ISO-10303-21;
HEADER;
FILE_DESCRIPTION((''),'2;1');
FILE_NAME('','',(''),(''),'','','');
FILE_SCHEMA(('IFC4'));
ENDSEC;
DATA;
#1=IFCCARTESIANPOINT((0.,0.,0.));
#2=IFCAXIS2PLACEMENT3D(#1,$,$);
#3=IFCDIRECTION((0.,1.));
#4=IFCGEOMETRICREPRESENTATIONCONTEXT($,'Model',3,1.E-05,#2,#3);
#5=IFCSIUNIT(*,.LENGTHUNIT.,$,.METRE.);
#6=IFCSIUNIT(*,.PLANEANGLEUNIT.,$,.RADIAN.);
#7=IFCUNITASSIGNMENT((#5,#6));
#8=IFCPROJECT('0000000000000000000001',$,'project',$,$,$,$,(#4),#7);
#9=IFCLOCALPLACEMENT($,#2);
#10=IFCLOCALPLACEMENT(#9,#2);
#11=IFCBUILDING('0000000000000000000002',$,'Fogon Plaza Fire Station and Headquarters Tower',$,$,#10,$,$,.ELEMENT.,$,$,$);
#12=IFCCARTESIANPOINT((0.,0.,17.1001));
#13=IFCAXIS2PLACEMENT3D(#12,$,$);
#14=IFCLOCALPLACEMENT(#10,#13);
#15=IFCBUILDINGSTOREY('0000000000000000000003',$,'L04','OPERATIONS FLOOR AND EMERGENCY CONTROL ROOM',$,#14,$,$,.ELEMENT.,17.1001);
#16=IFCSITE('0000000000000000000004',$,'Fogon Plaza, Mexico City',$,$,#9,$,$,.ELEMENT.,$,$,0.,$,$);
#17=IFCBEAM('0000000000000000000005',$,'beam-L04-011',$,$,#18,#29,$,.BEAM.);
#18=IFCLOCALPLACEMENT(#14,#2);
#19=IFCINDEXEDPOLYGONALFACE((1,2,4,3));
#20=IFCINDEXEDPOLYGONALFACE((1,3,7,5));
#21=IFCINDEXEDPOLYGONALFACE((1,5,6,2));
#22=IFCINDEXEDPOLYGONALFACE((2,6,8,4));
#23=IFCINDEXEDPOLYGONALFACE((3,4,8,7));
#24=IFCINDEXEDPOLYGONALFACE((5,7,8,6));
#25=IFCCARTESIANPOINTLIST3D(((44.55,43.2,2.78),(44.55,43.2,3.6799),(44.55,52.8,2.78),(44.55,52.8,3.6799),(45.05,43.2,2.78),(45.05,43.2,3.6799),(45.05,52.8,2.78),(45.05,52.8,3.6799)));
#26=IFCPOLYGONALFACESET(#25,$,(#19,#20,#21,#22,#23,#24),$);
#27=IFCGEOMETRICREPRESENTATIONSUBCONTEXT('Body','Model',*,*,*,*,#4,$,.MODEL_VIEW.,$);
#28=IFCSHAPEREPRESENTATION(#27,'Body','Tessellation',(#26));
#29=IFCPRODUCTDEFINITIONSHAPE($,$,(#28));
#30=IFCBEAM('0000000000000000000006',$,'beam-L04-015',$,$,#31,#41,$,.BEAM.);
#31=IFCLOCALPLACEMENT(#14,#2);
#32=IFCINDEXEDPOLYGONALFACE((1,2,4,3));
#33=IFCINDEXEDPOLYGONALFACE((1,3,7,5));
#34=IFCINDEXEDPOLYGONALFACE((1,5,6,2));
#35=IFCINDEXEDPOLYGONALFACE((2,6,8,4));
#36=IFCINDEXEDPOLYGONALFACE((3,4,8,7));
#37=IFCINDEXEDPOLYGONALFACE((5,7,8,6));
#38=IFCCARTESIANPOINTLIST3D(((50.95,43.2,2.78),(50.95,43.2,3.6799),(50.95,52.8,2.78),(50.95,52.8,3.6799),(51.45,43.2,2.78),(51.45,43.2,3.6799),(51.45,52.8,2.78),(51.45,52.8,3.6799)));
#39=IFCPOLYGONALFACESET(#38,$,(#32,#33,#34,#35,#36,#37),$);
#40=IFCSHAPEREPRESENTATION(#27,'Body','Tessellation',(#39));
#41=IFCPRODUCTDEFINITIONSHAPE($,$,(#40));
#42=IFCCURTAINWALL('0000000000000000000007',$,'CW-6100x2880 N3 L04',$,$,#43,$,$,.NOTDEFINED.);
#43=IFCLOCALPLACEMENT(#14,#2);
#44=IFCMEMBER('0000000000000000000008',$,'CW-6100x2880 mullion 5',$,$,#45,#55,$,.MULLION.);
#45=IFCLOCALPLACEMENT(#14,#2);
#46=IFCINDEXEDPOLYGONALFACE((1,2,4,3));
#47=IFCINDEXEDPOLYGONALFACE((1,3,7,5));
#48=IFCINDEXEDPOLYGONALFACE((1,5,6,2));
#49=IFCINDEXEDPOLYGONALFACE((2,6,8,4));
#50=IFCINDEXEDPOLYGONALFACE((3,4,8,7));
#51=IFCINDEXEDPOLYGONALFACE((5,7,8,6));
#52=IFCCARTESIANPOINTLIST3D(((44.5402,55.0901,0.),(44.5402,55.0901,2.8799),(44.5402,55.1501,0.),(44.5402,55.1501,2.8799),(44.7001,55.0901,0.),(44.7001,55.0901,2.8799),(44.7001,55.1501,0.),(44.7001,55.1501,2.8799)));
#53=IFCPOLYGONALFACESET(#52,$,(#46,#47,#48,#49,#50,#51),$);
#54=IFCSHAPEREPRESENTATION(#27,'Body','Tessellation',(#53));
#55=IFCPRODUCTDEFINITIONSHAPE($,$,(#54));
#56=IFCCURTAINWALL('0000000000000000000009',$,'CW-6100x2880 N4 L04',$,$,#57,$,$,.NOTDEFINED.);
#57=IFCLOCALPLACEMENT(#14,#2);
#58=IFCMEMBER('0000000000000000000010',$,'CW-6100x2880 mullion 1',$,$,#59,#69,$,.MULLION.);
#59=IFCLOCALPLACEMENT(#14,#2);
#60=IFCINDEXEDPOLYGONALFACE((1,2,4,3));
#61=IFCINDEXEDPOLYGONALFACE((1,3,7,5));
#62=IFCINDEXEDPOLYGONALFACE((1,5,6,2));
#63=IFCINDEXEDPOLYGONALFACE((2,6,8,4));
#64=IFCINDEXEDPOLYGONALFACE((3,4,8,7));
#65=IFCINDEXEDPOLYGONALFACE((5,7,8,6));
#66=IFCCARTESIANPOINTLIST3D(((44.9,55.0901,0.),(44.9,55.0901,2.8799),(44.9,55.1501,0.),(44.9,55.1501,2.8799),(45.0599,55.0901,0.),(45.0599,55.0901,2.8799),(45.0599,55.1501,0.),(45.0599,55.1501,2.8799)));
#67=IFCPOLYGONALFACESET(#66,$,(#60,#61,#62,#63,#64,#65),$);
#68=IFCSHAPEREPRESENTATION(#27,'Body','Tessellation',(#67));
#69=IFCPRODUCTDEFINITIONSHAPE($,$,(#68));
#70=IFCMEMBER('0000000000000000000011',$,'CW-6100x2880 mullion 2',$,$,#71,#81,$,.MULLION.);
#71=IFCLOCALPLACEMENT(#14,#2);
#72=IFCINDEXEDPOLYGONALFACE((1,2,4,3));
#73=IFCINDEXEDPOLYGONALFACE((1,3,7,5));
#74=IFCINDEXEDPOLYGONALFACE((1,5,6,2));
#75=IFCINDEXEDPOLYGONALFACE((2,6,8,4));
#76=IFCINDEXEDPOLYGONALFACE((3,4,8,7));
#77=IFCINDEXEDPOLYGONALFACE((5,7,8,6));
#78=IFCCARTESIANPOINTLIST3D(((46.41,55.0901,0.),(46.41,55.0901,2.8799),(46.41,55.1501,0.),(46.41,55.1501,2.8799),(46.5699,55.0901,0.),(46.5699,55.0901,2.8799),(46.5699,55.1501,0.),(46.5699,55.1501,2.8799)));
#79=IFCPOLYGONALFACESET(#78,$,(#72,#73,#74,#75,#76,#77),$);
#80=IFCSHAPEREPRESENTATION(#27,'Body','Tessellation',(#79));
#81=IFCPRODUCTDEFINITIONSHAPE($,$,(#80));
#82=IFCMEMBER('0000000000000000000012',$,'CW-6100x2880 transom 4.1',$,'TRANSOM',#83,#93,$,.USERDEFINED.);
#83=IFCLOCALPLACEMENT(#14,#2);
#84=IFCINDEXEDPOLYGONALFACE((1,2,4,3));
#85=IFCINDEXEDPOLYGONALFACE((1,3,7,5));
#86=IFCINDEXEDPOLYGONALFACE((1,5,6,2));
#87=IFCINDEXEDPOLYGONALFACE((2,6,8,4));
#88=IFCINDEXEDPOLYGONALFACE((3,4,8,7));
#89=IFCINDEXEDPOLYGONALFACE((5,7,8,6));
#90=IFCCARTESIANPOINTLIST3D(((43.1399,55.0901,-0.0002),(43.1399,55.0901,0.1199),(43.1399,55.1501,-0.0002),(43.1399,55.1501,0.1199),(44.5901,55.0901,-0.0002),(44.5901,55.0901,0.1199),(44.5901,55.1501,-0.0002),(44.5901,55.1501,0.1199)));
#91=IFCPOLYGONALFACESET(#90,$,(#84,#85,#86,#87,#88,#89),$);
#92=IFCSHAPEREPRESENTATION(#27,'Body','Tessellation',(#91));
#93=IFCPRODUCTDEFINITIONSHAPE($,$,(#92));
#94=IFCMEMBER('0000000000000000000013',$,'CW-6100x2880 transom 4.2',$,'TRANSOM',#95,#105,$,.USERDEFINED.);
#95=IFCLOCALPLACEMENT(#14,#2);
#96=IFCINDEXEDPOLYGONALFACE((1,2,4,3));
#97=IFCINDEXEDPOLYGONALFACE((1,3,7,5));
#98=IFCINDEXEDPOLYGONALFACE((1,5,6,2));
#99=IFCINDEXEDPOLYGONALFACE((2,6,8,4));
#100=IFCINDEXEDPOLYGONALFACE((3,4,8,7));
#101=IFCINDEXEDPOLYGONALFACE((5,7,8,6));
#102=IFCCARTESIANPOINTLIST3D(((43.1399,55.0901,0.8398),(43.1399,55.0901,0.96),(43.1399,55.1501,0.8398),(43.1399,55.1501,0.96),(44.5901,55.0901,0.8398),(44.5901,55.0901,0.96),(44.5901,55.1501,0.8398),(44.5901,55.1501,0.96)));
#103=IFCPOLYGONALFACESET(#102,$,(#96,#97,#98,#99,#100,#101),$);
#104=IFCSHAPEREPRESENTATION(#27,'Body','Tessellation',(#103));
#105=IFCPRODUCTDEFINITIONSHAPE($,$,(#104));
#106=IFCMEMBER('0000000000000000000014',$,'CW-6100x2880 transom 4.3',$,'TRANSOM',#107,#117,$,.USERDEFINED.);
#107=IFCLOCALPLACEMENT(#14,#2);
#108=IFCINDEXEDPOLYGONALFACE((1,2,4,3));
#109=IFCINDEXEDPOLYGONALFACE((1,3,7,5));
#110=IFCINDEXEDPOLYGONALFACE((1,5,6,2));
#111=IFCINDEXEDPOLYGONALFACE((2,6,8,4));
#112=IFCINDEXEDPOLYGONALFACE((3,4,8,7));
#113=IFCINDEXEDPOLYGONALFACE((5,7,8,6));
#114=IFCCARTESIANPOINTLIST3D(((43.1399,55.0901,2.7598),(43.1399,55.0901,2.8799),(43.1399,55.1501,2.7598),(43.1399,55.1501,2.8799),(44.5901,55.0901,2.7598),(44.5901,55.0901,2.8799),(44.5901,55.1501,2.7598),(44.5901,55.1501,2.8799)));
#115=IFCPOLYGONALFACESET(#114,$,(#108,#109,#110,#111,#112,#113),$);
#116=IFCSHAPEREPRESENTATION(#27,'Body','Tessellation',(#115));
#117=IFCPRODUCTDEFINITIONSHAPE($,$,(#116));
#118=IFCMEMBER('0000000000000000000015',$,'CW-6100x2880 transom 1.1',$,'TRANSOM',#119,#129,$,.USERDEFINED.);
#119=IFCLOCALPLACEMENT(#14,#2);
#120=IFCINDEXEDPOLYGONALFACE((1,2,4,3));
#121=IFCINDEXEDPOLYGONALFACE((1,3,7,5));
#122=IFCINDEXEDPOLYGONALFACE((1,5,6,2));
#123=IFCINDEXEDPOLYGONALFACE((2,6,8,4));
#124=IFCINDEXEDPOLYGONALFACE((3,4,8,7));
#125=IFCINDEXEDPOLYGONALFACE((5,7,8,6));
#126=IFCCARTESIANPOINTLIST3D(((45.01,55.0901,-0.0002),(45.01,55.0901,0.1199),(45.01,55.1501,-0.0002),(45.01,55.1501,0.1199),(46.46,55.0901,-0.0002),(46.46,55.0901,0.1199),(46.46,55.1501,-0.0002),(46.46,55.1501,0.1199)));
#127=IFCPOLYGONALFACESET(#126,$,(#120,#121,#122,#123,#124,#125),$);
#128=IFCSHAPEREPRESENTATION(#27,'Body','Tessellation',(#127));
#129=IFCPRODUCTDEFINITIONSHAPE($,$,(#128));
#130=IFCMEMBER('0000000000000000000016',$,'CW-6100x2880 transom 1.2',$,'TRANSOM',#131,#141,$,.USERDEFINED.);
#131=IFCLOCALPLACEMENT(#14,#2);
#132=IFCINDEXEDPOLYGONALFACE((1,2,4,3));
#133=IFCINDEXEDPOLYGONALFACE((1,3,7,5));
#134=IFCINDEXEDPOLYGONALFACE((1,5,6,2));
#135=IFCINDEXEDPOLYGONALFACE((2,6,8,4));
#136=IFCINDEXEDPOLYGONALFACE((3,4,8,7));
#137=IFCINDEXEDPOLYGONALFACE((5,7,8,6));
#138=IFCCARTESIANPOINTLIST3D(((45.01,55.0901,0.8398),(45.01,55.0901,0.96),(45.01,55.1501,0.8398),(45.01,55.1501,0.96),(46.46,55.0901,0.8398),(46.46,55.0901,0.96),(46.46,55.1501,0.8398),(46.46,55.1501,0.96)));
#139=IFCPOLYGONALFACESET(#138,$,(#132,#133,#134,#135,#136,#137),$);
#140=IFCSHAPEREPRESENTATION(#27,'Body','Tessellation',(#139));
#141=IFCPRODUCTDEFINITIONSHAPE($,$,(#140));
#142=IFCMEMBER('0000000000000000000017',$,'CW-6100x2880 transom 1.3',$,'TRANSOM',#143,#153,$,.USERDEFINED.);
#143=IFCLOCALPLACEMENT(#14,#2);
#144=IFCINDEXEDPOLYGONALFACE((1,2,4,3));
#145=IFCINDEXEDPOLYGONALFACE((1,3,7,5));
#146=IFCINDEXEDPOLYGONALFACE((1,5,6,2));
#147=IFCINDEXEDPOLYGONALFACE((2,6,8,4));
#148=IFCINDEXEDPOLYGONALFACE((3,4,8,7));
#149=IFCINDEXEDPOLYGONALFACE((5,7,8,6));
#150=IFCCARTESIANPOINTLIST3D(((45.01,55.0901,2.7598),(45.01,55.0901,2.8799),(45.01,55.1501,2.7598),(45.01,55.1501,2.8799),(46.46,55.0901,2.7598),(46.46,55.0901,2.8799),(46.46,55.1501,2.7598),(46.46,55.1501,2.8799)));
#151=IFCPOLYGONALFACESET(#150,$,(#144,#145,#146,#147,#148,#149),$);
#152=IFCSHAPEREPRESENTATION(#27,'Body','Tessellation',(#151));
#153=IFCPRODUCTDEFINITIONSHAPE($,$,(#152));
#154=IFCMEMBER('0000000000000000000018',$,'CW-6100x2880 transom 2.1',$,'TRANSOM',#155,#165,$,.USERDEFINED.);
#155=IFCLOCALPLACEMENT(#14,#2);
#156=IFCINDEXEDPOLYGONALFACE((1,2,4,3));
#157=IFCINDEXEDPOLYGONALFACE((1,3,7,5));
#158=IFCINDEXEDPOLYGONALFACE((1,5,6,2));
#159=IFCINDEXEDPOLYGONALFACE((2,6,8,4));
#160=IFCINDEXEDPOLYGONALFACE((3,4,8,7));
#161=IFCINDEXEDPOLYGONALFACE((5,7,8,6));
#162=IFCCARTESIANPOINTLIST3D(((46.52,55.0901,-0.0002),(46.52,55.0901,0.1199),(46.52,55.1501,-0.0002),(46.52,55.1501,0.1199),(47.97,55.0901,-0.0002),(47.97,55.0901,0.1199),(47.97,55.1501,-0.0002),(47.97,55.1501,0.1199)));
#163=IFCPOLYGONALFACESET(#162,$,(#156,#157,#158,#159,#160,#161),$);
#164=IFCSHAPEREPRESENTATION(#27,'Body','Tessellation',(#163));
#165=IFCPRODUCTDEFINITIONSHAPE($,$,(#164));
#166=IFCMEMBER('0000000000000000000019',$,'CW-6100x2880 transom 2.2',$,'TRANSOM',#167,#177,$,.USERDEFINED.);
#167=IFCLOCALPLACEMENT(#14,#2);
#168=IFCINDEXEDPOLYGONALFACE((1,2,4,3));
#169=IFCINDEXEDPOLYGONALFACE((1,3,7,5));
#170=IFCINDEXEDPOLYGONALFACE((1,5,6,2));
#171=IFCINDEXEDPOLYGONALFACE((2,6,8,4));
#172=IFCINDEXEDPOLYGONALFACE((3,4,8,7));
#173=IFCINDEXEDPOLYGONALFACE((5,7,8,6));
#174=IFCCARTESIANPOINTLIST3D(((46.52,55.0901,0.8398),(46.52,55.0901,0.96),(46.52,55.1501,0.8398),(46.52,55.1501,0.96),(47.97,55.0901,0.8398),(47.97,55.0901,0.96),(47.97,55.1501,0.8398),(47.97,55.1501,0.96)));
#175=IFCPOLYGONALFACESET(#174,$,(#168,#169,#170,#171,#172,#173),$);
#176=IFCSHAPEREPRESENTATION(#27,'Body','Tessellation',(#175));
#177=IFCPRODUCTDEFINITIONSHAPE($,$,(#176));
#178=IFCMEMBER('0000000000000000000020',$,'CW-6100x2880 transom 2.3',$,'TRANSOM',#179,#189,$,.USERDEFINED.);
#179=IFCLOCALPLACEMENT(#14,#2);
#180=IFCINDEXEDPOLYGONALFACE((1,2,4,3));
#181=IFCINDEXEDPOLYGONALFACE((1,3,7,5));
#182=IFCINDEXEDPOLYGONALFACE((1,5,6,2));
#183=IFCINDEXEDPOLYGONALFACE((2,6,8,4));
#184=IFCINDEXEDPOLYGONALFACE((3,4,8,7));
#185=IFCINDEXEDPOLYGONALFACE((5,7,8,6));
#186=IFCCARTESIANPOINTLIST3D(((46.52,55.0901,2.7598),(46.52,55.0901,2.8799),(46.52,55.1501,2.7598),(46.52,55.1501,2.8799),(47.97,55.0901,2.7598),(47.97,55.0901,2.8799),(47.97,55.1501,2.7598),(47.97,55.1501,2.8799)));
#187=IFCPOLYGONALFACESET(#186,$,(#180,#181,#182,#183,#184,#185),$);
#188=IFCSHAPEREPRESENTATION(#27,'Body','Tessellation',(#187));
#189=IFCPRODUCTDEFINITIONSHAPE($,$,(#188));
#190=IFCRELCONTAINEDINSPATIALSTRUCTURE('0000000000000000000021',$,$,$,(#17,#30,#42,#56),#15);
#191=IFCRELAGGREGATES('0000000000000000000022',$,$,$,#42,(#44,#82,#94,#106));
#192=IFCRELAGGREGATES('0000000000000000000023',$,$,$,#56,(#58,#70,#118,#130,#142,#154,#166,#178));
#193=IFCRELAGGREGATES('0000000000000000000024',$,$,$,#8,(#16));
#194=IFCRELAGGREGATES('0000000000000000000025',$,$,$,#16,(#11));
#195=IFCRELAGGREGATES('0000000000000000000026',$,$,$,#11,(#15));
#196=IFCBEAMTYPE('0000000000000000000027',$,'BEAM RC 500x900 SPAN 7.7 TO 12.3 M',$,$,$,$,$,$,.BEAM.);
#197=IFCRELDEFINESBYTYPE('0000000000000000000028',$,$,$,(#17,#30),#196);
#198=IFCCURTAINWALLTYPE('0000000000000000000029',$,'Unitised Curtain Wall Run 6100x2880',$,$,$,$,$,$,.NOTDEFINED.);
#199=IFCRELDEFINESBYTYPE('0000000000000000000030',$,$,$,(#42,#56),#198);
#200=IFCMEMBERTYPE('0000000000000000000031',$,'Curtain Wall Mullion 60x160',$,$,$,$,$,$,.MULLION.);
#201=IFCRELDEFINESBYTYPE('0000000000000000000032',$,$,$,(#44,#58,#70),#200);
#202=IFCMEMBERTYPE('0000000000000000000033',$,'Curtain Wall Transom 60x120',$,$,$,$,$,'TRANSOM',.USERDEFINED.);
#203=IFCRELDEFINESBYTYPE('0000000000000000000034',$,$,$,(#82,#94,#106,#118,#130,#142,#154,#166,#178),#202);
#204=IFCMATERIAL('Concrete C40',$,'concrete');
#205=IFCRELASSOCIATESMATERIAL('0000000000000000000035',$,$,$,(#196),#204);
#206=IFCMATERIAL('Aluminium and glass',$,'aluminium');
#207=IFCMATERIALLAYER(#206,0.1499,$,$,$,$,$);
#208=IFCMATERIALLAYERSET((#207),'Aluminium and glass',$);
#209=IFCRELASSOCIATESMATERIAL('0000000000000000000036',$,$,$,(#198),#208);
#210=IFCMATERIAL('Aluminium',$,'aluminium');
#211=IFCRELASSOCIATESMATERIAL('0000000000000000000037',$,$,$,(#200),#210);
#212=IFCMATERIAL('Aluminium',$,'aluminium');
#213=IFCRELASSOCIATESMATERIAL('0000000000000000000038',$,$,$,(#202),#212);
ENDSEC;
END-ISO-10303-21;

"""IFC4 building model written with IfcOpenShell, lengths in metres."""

from ifc_helpers import new_model, si_unit, direction, frame, origin, origin_2d, place, context, subcontext, project, spatial, rectangle, extrude, material, layer, layer_set, material_profile, profile_set, type_object, element, aggregate, save


model = new_model("IFC4")

# Units and contexts
model_context = context("Model", 3, precision=1e-05, world=origin(), true_north=direction((0.0, 1.0)))
body_context = subcontext(model_context, "Body", "Model", "MODEL_VIEW")
ifc_project = project(units=[si_unit("LENGTHUNIT", "METRE"), si_unit("PLANEANGLEUNIT", "RADIAN")], contexts=[model_context])

# Site, building, storey
site_placement = place(None, origin())
site = spatial("IfcSite", under=ifc_project, at=site_placement, Name="Fogon Plaza, Mexico City", CompositionType="ELEMENT", RefElevation=0.0)
building_placement = place(site_placement, origin())
building = spatial("IfcBuilding", under=site, at=building_placement, Name="Fogon Plaza Fire Station and Headquarters Tower", CompositionType="ELEMENT")
storey_placement = place(building_placement, frame((0.0, 0.0, 17.1001)))
storey = spatial("IfcBuildingStorey", under=building, at=storey_placement, Name="L04", Description="OPERATIONS FLOOR AND EMERGENCY CONTROL ROOM", CompositionType="ELEMENT", Elevation=17.1001)

# Beams
ifc_material_1 = material(Name="Concrete C40", Category="concrete")
ifc_material_profile_1 = material_profile(ifc_material_1, rectangle(XDim=0.5, YDim=0.8999, at=origin_2d()), Name="RC 500x900")
ifc_profile_set_1 = profile_set([ifc_material_profile_1], Name="Concrete C40")
beam_type_1 = type_object("IfcBeamType", Name="BEAM RC 500x900 SPAN 7.7 TO 12.3 M", PredefinedType="BEAM", material=ifc_profile_set_1)
for number, where, z_axis, x_axis, name in (
    (1, (44.8, 43.2, 3.23), (0.0, 1.0, 0.0), (-1.0, 0.0, 0.0), "beam-L04-011"),
    (2, (51.2, 43.2, 3.23), (0.0, 1.0, 0.0), (-1.0, 0.0, 0.0), "beam-L04-015"),
):
    element("IfcBeam", number, at=place(storey_placement, frame(where, z_axis=z_axis, x_axis=x_axis)), inside=storey, type_object=beam_type_1, Name=name, PredefinedType="BEAM", context=body_context, shape_type="SweptSolid", body=[
        extrude(rectangle(XDim=0.5, YDim=0.8999, at=origin_2d()), origin(), (0.0, 0.0, 1.0), 9.6001),
    ])

# Curtain wall, member
ifc_material_2 = material(Name="Aluminium and glass", Category="aluminium")
ifc_layer_1 = layer(ifc_material_2, 0.1499)
ifc_layer_set_1 = layer_set([ifc_layer_1], Name="Aluminium and glass")
curtain_wall_type = type_object("IfcCurtainWallType", Name="Unitised Curtain Wall Run 6100x2880", PredefinedType="NOTDEFINED", material=ifc_layer_set_1)
curtain_wall_1_placement = place(storey_placement, origin())
curtain_wall_1 = element("IfcCurtainWall", 3, at=curtain_wall_1_placement, inside=storey, type_object=curtain_wall_type, Name="CW-6100x2880 N3 L04", PredefinedType="NOTDEFINED")
ifc_material_3 = material(Name="Aluminium", Category="aluminium")
ifc_material_profile_2 = material_profile(ifc_material_3, rectangle(XDim=0.0601, YDim=0.1599, at=origin_2d()), Name="Curtain Wall Mullion 60x160")
ifc_profile_set_2 = profile_set([ifc_material_profile_2], Name="Aluminium")
member_type_1 = type_object("IfcMemberType", Name="Curtain Wall Mullion 60x160", PredefinedType="MULLION", material=ifc_profile_set_2)
member_1_placement = place(storey_placement, frame((44.6201, 55.1201, 0.0), z_axis=(0.0, 0.0, 1.0), x_axis=(0.0, 1.0, 0.0)))
member_1 = element("IfcMember", 4, at=member_1_placement, type_object=member_type_1, Name="CW-6100x2880 mullion 5", PredefinedType="MULLION", context=body_context, shape_type="SweptSolid", body=[
    extrude(rectangle(XDim=0.0601, YDim=0.1599, at=origin_2d()), origin(), (0.0, 0.0, 1.0), 2.8799),
])

# Curtain wall, members
curtain_wall_2_placement = place(storey_placement, origin())
curtain_wall_2 = element("IfcCurtainWall", 5, at=curtain_wall_2_placement, inside=storey, type_object=curtain_wall_type, Name="CW-6100x2880 N4 L04", PredefinedType="NOTDEFINED")
member_2_placement = place(storey_placement, frame((44.98, 55.1201, 0.0), z_axis=(0.0, 0.0, 1.0), x_axis=(0.0, 1.0, 0.0)))
member_2 = element("IfcMember", 6, at=member_2_placement, type_object=member_type_1, Name="CW-6100x2880 mullion 1", PredefinedType="MULLION", context=body_context, shape_type="SweptSolid", body=[
    extrude(rectangle(XDim=0.0601, YDim=0.1599, at=origin_2d()), origin(), (0.0, 0.0, 1.0), 2.8799),
])
member_3_placement = place(storey_placement, frame((46.49, 55.1201, 0.0), z_axis=(0.0, 0.0, 1.0), x_axis=(0.0, 1.0, 0.0)))
member_3 = element("IfcMember", 7, at=member_3_placement, type_object=member_type_1, Name="CW-6100x2880 mullion 2", PredefinedType="MULLION", context=body_context, shape_type="SweptSolid", body=[
    extrude(rectangle(XDim=0.0601, YDim=0.1599, at=origin_2d()), origin(), (0.0, 0.0, 1.0), 2.8799),
])

# Members
ifc_material_4 = material(Name="Aluminium", Category="aluminium")
ifc_material_profile_3 = material_profile(ifc_material_4, rectangle(XDim=0.0601, YDim=0.1201, at=origin_2d()), Name="Curtain Wall Transom 60x120")
ifc_profile_set_3 = profile_set([ifc_material_profile_3], Name="Aluminium")
member_type_2 = type_object("IfcMemberType", Name="Curtain Wall Transom 60x120", ElementType="TRANSOM", PredefinedType="USERDEFINED", material=ifc_profile_set_3)
member_4_placement = place(storey_placement, frame((43.1399, 55.1201, 0.0598), z_axis=(1.0, 0.0, 0.0), x_axis=(0.0, 1.0, 0.0)))
member_4 = element("IfcMember", 8, at=member_4_placement, type_object=member_type_2, Name="CW-6100x2880 transom 4.1", ObjectType="TRANSOM", PredefinedType="USERDEFINED", context=body_context, shape_type="SweptSolid", body=[
    extrude(rectangle(XDim=0.0601, YDim=0.1201, at=origin_2d()), origin(), (0.0, 0.0, 1.0), 1.4502),
])
member_5_placement = place(storey_placement, frame((43.1399, 55.1201, 0.8999), z_axis=(1.0, 0.0, 0.0), x_axis=(0.0, 1.0, 0.0)))
member_5 = element("IfcMember", 9, at=member_5_placement, type_object=member_type_2, Name="CW-6100x2880 transom 4.2", ObjectType="TRANSOM", PredefinedType="USERDEFINED", context=body_context, shape_type="SweptSolid", body=[
    extrude(rectangle(XDim=0.0601, YDim=0.1201, at=origin_2d()), origin(), (0.0, 0.0, 1.0), 1.4502),
])
member_6_placement = place(storey_placement, frame((43.1399, 55.1201, 2.8198), z_axis=(1.0, 0.0, 0.0), x_axis=(0.0, 1.0, 0.0)))
member_6 = element("IfcMember", 10, at=member_6_placement, type_object=member_type_2, Name="CW-6100x2880 transom 4.3", ObjectType="TRANSOM", PredefinedType="USERDEFINED", context=body_context, shape_type="SweptSolid", body=[
    extrude(rectangle(XDim=0.0601, YDim=0.1201, at=origin_2d()), origin(), (0.0, 0.0, 1.0), 1.4502),
])
member_7_placement = place(storey_placement, frame((45.01, 55.1201, 0.0598), z_axis=(1.0, 0.0, 0.0), x_axis=(0.0, 1.0, 0.0)))
member_7 = element("IfcMember", 11, at=member_7_placement, type_object=member_type_2, Name="CW-6100x2880 transom 1.1", ObjectType="TRANSOM", PredefinedType="USERDEFINED", context=body_context, shape_type="SweptSolid", body=[
    extrude(rectangle(XDim=0.0601, YDim=0.1201, at=origin_2d()), origin(), (0.0, 0.0, 1.0), 1.45),
])
member_8_placement = place(storey_placement, frame((45.01, 55.1201, 0.8999), z_axis=(1.0, 0.0, 0.0), x_axis=(0.0, 1.0, 0.0)))
member_8 = element("IfcMember", 12, at=member_8_placement, type_object=member_type_2, Name="CW-6100x2880 transom 1.2", ObjectType="TRANSOM", PredefinedType="USERDEFINED", context=body_context, shape_type="SweptSolid", body=[
    extrude(rectangle(XDim=0.0601, YDim=0.1201, at=origin_2d()), origin(), (0.0, 0.0, 1.0), 1.45),
])
member_9_placement = place(storey_placement, frame((45.01, 55.1201, 2.8198), z_axis=(1.0, 0.0, 0.0), x_axis=(0.0, 1.0, 0.0)))
member_9 = element("IfcMember", 13, at=member_9_placement, type_object=member_type_2, Name="CW-6100x2880 transom 1.3", ObjectType="TRANSOM", PredefinedType="USERDEFINED", context=body_context, shape_type="SweptSolid", body=[
    extrude(rectangle(XDim=0.0601, YDim=0.1201, at=origin_2d()), origin(), (0.0, 0.0, 1.0), 1.45),
])
member_10_placement = place(storey_placement, frame((46.52, 55.1201, 0.0598), z_axis=(1.0, 0.0, 0.0), x_axis=(0.0, 1.0, 0.0)))
member_10 = element("IfcMember", 14, at=member_10_placement, type_object=member_type_2, Name="CW-6100x2880 transom 2.1", ObjectType="TRANSOM", PredefinedType="USERDEFINED", context=body_context, shape_type="SweptSolid", body=[
    extrude(rectangle(XDim=0.0601, YDim=0.1201, at=origin_2d()), origin(), (0.0, 0.0, 1.0), 1.45),
])
member_11_placement = place(storey_placement, frame((46.52, 55.1201, 0.8999), z_axis=(1.0, 0.0, 0.0), x_axis=(0.0, 1.0, 0.0)))
member_11 = element("IfcMember", 15, at=member_11_placement, type_object=member_type_2, Name="CW-6100x2880 transom 2.2", ObjectType="TRANSOM", PredefinedType="USERDEFINED", context=body_context, shape_type="SweptSolid", body=[
    extrude(rectangle(XDim=0.0601, YDim=0.1201, at=origin_2d()), origin(), (0.0, 0.0, 1.0), 1.45),
])
member_12_placement = place(storey_placement, frame((46.52, 55.1201, 2.8198), z_axis=(1.0, 0.0, 0.0), x_axis=(0.0, 1.0, 0.0)))
member_12 = element("IfcMember", 16, at=member_12_placement, type_object=member_type_2, Name="CW-6100x2880 transom 2.3", ObjectType="TRANSOM", PredefinedType="USERDEFINED", context=body_context, shape_type="SweptSolid", body=[
    extrude(rectangle(XDim=0.0601, YDim=0.1201, at=origin_2d()), origin(), (0.0, 0.0, 1.0), 1.45),
])

aggregate(curtain_wall_1, [member_1, member_4, member_5, member_6])
aggregate(curtain_wall_2, [member_2, member_3, member_7, member_8, member_9, member_10, member_11, member_12])

save(model, "model.ifc")
